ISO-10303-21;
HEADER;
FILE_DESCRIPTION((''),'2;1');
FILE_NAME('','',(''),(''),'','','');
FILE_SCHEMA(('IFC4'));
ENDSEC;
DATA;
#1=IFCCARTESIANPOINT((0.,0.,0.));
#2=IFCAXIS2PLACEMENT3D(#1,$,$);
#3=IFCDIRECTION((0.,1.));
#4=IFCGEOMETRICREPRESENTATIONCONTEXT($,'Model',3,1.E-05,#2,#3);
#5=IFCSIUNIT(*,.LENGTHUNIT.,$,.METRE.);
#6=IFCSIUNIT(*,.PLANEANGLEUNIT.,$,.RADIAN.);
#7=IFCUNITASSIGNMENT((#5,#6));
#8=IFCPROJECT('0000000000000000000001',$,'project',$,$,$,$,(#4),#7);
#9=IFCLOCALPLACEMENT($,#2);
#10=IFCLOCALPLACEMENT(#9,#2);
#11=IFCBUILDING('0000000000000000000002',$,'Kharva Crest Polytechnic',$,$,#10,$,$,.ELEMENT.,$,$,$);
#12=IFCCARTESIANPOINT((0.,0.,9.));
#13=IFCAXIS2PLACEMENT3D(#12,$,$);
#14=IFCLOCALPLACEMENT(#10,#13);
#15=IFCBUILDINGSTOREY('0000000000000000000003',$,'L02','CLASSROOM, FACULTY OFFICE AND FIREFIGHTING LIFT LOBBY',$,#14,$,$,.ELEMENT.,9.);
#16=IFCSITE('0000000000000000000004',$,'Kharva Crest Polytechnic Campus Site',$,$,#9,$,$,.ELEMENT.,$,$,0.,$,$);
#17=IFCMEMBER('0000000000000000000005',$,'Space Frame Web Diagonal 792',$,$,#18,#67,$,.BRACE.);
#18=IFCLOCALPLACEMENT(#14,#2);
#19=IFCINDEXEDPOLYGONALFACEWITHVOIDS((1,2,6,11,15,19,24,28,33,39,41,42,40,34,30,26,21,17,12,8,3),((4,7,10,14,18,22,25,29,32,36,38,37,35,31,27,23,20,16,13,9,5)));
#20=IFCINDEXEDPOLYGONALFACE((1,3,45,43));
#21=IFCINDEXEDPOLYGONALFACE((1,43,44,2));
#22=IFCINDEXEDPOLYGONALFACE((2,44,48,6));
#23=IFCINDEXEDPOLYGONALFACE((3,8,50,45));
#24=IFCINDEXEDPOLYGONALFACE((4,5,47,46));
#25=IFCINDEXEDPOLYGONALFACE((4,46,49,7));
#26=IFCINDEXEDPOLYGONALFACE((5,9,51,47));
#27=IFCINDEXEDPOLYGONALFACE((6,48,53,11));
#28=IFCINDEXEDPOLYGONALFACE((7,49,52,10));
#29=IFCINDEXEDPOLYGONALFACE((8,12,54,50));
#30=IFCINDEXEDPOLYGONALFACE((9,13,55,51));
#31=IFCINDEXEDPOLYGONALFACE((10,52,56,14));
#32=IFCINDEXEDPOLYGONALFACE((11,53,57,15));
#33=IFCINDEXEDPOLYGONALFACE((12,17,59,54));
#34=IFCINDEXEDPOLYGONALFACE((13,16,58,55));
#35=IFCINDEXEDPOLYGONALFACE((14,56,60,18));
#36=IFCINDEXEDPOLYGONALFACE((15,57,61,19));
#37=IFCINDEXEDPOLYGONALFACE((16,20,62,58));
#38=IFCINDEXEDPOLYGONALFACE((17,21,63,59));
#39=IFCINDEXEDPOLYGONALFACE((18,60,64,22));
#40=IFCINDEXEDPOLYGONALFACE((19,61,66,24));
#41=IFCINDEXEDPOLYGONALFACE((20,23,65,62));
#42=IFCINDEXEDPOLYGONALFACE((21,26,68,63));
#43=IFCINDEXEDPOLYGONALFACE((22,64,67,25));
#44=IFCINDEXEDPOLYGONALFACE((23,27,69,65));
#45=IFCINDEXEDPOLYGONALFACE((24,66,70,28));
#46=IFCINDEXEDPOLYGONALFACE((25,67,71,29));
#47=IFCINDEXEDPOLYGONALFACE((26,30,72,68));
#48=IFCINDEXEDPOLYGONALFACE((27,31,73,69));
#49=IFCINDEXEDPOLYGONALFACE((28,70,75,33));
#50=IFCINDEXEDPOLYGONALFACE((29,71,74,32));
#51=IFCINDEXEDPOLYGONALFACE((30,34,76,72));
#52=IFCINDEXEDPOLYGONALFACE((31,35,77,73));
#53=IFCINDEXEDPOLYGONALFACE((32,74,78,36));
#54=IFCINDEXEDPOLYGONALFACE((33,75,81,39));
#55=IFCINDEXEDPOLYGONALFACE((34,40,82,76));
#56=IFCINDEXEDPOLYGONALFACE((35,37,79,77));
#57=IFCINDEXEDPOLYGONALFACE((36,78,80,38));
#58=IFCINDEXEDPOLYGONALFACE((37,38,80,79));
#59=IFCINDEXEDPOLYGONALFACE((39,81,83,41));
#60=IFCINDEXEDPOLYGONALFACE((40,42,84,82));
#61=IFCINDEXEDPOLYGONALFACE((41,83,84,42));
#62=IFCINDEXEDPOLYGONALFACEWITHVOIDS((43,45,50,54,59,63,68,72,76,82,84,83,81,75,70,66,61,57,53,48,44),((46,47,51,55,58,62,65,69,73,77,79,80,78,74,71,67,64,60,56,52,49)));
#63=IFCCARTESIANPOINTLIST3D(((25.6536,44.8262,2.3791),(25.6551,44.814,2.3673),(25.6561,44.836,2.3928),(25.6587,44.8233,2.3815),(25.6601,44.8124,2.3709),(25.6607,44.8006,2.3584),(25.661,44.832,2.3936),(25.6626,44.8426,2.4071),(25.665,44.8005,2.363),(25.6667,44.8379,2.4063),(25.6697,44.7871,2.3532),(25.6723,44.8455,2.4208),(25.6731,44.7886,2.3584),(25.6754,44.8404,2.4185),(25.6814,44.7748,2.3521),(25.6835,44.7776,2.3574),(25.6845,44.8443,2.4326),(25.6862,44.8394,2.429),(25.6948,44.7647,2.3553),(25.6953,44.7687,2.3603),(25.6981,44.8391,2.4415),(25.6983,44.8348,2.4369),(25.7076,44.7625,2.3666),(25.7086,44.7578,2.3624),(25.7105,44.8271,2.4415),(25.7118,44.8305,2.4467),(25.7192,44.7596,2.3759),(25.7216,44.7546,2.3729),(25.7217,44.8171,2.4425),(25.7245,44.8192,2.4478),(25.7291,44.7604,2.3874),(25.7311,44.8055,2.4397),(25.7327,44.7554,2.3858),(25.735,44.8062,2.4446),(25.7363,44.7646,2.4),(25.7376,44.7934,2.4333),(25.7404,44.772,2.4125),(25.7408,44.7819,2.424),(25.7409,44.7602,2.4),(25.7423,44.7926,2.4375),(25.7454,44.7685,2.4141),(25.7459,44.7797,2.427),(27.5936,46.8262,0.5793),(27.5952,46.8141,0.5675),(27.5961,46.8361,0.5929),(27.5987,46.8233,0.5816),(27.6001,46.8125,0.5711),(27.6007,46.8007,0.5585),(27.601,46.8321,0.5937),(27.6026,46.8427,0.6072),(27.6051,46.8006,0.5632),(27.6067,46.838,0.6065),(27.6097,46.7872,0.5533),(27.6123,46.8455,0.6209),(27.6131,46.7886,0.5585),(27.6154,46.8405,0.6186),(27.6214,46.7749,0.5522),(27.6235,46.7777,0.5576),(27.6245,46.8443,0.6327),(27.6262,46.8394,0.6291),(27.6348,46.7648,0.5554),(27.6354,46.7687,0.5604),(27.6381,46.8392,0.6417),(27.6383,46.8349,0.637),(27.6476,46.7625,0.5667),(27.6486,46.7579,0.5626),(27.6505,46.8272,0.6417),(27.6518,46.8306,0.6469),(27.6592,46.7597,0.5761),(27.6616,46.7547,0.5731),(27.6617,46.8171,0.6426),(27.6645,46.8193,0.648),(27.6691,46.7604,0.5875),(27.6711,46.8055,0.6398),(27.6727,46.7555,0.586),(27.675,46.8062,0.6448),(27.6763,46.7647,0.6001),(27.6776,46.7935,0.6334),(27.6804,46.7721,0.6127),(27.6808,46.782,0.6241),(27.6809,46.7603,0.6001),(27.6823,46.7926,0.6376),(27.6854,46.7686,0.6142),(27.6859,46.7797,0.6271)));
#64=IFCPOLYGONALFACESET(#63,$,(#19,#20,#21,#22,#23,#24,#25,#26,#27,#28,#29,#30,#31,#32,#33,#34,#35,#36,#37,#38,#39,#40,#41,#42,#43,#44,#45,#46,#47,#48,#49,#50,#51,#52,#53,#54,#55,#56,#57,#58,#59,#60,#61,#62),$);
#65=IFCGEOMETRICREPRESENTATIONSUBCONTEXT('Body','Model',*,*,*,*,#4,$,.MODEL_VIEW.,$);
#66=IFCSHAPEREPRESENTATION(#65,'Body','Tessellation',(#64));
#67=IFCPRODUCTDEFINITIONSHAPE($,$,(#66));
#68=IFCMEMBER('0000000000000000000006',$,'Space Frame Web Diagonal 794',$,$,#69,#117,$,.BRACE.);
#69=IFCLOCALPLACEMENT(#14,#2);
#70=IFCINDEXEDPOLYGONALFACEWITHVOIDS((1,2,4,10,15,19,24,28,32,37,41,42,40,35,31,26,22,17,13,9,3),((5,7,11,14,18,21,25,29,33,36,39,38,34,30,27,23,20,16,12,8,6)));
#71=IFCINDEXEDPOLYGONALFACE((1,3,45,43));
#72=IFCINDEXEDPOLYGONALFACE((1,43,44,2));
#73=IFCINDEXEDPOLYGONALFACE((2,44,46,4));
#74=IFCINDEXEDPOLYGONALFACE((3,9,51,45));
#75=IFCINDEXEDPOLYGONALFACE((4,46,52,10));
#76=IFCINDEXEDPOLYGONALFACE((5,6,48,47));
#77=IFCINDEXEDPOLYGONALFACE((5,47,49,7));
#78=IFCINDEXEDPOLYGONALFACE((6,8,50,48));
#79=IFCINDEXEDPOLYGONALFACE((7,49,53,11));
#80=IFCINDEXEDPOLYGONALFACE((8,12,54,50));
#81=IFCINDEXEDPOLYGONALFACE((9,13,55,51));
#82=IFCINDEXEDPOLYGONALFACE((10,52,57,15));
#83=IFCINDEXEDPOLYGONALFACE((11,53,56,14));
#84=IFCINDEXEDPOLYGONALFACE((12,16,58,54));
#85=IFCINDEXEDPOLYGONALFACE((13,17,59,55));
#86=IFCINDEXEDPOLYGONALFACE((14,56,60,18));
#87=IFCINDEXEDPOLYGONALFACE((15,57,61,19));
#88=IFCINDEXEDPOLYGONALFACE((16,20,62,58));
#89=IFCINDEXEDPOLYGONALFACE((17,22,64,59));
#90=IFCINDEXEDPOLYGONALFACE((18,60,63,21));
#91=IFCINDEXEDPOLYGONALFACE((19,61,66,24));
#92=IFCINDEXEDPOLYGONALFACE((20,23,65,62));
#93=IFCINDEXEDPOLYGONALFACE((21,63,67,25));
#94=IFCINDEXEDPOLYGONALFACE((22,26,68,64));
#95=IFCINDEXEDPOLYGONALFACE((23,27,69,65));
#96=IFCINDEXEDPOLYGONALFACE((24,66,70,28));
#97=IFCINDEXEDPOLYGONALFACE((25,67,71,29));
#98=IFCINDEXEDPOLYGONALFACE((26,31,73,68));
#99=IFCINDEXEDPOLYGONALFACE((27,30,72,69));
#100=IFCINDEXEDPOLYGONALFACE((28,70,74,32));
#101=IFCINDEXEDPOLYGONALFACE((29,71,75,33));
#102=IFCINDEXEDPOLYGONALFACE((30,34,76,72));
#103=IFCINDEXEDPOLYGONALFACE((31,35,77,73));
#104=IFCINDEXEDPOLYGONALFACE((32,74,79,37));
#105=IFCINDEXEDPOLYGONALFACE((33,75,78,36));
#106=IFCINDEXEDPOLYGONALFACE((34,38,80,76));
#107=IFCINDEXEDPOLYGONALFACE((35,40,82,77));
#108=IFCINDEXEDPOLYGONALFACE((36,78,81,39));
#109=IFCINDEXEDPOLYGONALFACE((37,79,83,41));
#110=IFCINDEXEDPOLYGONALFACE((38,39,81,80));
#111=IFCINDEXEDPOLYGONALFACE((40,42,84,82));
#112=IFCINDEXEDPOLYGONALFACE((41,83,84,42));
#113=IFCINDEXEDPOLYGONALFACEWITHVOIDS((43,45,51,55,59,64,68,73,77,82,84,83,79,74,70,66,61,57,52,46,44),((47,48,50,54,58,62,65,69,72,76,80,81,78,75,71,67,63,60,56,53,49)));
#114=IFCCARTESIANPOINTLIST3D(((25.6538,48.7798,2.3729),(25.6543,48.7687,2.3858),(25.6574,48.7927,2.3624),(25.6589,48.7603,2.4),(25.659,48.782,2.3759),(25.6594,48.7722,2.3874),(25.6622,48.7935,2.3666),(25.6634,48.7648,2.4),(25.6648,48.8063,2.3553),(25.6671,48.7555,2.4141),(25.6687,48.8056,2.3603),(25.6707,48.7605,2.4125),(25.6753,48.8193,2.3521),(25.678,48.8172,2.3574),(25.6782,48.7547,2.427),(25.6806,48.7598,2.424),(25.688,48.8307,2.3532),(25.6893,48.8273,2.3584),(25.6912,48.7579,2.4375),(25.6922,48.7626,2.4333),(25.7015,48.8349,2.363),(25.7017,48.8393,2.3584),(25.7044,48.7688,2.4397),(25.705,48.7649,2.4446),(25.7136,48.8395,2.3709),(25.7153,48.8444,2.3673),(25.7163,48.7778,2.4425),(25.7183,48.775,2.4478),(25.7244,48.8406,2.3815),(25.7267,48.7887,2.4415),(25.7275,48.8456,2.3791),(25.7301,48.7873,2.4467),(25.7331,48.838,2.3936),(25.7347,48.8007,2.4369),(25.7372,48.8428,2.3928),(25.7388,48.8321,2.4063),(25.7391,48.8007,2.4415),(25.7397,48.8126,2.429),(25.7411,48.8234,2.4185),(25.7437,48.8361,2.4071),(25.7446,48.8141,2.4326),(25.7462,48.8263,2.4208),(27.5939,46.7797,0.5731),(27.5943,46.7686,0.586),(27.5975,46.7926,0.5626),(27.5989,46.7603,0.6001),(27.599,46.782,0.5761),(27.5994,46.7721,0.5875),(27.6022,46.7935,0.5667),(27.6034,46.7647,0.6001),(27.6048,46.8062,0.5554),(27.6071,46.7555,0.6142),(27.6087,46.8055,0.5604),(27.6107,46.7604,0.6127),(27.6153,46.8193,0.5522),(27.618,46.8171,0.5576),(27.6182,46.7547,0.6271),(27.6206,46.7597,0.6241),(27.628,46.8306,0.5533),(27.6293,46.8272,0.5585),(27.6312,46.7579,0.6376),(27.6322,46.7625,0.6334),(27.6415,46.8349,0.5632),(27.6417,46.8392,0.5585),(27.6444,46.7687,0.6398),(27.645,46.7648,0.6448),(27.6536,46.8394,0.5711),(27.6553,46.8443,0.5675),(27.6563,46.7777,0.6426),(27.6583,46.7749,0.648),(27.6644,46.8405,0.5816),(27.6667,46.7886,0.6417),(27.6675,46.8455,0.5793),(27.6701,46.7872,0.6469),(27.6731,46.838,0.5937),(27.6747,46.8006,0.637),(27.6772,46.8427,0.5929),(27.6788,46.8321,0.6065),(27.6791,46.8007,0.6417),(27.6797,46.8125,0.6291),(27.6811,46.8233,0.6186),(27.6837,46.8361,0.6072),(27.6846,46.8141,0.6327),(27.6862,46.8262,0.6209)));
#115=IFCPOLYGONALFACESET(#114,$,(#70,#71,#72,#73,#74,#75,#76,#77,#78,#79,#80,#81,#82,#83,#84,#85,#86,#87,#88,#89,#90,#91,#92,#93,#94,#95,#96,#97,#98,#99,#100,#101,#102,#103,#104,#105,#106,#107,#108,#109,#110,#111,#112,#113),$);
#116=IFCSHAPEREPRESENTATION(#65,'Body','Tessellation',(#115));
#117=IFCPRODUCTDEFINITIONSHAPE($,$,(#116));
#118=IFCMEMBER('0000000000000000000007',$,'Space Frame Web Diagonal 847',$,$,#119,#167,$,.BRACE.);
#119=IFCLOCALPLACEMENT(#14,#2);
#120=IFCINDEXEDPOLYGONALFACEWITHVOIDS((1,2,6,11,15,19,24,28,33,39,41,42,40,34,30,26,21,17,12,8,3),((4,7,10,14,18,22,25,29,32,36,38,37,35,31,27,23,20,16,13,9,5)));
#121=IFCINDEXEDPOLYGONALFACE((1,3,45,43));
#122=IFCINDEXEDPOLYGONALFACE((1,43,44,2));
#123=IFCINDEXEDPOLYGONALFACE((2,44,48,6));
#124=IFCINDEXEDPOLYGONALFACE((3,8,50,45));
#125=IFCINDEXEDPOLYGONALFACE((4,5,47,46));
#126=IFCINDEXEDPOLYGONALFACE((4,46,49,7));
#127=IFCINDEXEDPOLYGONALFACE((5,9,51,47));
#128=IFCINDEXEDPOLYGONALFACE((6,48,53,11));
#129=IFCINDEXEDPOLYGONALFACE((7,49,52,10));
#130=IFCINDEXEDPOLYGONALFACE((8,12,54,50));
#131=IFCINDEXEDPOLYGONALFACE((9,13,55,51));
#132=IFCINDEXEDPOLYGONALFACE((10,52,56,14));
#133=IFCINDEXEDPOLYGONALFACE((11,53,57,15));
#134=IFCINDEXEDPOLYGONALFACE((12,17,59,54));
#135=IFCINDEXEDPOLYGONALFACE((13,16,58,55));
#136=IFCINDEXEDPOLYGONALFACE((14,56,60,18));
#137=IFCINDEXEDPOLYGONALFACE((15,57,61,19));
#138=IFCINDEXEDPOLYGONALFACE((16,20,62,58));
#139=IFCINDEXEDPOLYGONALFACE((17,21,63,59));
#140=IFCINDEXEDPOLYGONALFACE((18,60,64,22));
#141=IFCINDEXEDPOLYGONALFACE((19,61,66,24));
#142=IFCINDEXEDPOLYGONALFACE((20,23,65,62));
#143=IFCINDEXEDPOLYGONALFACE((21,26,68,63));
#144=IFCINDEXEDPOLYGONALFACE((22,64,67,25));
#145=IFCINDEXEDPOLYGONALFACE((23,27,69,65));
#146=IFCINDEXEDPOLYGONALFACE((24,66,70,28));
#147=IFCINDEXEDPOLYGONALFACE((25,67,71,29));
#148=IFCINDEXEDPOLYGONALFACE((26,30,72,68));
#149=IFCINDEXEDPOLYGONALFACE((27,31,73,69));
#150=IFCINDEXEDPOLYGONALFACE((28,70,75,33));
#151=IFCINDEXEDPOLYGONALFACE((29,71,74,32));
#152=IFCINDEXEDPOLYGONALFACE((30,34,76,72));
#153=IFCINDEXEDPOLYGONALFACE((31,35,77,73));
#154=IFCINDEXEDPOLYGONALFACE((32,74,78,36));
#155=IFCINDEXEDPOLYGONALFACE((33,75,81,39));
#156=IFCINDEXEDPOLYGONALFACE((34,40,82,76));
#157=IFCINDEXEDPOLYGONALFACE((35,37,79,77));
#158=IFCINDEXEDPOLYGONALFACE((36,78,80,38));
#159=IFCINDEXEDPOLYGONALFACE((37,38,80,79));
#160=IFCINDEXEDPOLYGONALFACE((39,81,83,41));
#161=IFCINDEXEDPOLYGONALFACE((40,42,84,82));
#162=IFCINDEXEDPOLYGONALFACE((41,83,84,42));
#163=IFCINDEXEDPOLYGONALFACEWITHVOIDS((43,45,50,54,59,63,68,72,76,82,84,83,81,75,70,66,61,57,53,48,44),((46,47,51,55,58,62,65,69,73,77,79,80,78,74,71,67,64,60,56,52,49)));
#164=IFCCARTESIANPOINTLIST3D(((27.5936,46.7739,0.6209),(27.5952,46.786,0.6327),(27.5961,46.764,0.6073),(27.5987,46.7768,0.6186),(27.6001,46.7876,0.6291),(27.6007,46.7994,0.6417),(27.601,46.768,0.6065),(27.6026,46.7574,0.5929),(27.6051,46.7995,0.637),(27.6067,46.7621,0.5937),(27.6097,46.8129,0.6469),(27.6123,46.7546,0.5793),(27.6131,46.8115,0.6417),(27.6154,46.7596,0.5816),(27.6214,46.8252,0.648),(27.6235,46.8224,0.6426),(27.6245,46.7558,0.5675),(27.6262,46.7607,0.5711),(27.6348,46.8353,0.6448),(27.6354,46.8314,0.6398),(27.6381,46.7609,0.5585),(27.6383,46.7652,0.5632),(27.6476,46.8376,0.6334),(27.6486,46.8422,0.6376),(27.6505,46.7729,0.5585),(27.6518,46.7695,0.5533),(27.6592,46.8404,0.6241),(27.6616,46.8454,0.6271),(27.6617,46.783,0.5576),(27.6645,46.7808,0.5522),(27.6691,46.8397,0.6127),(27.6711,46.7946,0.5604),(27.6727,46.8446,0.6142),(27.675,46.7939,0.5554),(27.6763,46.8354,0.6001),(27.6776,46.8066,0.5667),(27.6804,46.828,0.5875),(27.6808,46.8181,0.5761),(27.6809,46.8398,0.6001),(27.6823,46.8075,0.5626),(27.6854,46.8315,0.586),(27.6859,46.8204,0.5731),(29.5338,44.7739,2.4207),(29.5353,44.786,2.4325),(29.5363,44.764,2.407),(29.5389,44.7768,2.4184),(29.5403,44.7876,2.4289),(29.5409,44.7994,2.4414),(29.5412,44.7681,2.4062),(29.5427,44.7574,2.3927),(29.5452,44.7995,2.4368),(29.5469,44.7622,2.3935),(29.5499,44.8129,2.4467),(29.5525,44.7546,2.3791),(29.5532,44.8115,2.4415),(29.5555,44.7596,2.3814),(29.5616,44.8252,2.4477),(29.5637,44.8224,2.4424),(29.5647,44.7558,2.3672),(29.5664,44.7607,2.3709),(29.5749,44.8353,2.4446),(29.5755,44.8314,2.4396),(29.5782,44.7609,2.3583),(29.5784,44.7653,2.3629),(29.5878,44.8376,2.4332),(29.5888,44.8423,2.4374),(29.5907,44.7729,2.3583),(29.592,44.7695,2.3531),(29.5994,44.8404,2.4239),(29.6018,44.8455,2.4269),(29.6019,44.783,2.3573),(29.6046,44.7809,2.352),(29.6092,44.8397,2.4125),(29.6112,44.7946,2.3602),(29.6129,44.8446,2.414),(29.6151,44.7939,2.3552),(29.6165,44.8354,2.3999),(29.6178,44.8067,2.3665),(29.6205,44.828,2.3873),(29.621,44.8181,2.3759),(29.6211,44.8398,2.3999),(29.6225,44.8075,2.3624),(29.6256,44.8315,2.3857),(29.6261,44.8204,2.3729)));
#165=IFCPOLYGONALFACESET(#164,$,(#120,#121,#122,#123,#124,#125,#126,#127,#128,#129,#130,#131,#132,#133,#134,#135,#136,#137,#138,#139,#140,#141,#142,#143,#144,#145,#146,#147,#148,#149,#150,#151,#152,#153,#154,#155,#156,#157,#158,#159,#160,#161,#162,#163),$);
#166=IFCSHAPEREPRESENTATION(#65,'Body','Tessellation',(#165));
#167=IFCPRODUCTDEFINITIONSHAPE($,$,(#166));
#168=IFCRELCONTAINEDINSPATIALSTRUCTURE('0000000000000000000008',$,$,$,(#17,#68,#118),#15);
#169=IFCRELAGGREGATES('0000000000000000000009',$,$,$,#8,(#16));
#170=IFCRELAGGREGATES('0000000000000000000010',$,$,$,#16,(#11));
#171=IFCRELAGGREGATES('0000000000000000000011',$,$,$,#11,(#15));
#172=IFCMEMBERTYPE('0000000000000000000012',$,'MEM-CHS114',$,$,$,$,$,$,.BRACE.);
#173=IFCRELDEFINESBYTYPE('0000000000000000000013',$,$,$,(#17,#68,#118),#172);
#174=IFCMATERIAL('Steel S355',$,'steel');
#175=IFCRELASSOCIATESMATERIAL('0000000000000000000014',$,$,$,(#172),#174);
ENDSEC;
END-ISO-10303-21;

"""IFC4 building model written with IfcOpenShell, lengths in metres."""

from ifc_helpers import new_model, si_unit, direction, frame, origin, origin_2d, place, context, subcontext, project, spatial, hollow_circle, extrude, material, material_profile, profile_set, type_object, element, save


model = new_model("IFC4")

# Units and contexts
model_context = context("Model", 3, precision=1e-05, world=origin(), true_north=direction((0.0, 1.0)))
body_context = subcontext(model_context, "Body", "Model", "MODEL_VIEW")
ifc_project = project(units=[si_unit("LENGTHUNIT", "METRE"), si_unit("PLANEANGLEUNIT", "RADIAN")], contexts=[model_context])

# Site, building, storey
site_placement = place(None, origin())
site = spatial("IfcSite", under=ifc_project, at=site_placement, Name="Kharva Crest Polytechnic Campus Site", CompositionType="ELEMENT", RefElevation=0.0)
building_placement = place(site_placement, origin())
building = spatial("IfcBuilding", under=site, at=building_placement, Name="Kharva Crest Polytechnic", CompositionType="ELEMENT")
storey_placement = place(building_placement, frame((0.0, 0.0, 9.0)))
storey = spatial("IfcBuildingStorey", under=building, at=storey_placement, Name="L02", Description="CLASSROOM, FACULTY OFFICE AND FIREFIGHTING LIFT LOBBY", CompositionType="ELEMENT", Elevation=9.0)

# Shared definitions
ifc_material_1 = material(Name="Steel S355", Category="steel")

# Members
ifc_material_profile_1 = material_profile(ifc_material_1, hollow_circle(Radius=0.0571, WallThickness=0.0063, at=origin_2d()), Name="CHS 114.3X6.3")
ifc_profile_set_1 = profile_set([ifc_material_profile_1], Name="Steel S355")
member_type_1 = type_object("IfcMemberType", Name="MEM-CHS114", PredefinedType="BRACE", material=ifc_profile_set_1)
for number, where, z_axis, x_axis, name in (
    (1, (27.6399, 46.8, 0.6001), (-0.584843, -0.60295, 0.542596), (0.717802, -0.696247, 0.0), "Space Frame Web Diagonal 792"),
    (2, (27.6399, 46.8, 0.6001), (-0.584843, 0.60295, 0.542596), (-0.717802, -0.696247, 0.0), "Space Frame Web Diagonal 794"),
    (3, (27.6399, 46.8, 0.6001), (0.584892, -0.602924, 0.542572), (0.717758, 0.696292, 0.0), "Space Frame Web Diagonal 847"),
):
    element("IfcMember", number, at=place(storey_placement, frame(where, z_axis=z_axis, x_axis=x_axis)), inside=storey, type_object=member_type_1, Name=name, PredefinedType="BRACE", context=body_context, shape_type="SweptSolid", body=[
        extrude(hollow_circle(Radius=0.0571, WallThickness=0.0063, at=origin_2d()), origin(), (0.0, 0.0, 1.0), 3.3171),
    ])

save(model, "model.ifc")
